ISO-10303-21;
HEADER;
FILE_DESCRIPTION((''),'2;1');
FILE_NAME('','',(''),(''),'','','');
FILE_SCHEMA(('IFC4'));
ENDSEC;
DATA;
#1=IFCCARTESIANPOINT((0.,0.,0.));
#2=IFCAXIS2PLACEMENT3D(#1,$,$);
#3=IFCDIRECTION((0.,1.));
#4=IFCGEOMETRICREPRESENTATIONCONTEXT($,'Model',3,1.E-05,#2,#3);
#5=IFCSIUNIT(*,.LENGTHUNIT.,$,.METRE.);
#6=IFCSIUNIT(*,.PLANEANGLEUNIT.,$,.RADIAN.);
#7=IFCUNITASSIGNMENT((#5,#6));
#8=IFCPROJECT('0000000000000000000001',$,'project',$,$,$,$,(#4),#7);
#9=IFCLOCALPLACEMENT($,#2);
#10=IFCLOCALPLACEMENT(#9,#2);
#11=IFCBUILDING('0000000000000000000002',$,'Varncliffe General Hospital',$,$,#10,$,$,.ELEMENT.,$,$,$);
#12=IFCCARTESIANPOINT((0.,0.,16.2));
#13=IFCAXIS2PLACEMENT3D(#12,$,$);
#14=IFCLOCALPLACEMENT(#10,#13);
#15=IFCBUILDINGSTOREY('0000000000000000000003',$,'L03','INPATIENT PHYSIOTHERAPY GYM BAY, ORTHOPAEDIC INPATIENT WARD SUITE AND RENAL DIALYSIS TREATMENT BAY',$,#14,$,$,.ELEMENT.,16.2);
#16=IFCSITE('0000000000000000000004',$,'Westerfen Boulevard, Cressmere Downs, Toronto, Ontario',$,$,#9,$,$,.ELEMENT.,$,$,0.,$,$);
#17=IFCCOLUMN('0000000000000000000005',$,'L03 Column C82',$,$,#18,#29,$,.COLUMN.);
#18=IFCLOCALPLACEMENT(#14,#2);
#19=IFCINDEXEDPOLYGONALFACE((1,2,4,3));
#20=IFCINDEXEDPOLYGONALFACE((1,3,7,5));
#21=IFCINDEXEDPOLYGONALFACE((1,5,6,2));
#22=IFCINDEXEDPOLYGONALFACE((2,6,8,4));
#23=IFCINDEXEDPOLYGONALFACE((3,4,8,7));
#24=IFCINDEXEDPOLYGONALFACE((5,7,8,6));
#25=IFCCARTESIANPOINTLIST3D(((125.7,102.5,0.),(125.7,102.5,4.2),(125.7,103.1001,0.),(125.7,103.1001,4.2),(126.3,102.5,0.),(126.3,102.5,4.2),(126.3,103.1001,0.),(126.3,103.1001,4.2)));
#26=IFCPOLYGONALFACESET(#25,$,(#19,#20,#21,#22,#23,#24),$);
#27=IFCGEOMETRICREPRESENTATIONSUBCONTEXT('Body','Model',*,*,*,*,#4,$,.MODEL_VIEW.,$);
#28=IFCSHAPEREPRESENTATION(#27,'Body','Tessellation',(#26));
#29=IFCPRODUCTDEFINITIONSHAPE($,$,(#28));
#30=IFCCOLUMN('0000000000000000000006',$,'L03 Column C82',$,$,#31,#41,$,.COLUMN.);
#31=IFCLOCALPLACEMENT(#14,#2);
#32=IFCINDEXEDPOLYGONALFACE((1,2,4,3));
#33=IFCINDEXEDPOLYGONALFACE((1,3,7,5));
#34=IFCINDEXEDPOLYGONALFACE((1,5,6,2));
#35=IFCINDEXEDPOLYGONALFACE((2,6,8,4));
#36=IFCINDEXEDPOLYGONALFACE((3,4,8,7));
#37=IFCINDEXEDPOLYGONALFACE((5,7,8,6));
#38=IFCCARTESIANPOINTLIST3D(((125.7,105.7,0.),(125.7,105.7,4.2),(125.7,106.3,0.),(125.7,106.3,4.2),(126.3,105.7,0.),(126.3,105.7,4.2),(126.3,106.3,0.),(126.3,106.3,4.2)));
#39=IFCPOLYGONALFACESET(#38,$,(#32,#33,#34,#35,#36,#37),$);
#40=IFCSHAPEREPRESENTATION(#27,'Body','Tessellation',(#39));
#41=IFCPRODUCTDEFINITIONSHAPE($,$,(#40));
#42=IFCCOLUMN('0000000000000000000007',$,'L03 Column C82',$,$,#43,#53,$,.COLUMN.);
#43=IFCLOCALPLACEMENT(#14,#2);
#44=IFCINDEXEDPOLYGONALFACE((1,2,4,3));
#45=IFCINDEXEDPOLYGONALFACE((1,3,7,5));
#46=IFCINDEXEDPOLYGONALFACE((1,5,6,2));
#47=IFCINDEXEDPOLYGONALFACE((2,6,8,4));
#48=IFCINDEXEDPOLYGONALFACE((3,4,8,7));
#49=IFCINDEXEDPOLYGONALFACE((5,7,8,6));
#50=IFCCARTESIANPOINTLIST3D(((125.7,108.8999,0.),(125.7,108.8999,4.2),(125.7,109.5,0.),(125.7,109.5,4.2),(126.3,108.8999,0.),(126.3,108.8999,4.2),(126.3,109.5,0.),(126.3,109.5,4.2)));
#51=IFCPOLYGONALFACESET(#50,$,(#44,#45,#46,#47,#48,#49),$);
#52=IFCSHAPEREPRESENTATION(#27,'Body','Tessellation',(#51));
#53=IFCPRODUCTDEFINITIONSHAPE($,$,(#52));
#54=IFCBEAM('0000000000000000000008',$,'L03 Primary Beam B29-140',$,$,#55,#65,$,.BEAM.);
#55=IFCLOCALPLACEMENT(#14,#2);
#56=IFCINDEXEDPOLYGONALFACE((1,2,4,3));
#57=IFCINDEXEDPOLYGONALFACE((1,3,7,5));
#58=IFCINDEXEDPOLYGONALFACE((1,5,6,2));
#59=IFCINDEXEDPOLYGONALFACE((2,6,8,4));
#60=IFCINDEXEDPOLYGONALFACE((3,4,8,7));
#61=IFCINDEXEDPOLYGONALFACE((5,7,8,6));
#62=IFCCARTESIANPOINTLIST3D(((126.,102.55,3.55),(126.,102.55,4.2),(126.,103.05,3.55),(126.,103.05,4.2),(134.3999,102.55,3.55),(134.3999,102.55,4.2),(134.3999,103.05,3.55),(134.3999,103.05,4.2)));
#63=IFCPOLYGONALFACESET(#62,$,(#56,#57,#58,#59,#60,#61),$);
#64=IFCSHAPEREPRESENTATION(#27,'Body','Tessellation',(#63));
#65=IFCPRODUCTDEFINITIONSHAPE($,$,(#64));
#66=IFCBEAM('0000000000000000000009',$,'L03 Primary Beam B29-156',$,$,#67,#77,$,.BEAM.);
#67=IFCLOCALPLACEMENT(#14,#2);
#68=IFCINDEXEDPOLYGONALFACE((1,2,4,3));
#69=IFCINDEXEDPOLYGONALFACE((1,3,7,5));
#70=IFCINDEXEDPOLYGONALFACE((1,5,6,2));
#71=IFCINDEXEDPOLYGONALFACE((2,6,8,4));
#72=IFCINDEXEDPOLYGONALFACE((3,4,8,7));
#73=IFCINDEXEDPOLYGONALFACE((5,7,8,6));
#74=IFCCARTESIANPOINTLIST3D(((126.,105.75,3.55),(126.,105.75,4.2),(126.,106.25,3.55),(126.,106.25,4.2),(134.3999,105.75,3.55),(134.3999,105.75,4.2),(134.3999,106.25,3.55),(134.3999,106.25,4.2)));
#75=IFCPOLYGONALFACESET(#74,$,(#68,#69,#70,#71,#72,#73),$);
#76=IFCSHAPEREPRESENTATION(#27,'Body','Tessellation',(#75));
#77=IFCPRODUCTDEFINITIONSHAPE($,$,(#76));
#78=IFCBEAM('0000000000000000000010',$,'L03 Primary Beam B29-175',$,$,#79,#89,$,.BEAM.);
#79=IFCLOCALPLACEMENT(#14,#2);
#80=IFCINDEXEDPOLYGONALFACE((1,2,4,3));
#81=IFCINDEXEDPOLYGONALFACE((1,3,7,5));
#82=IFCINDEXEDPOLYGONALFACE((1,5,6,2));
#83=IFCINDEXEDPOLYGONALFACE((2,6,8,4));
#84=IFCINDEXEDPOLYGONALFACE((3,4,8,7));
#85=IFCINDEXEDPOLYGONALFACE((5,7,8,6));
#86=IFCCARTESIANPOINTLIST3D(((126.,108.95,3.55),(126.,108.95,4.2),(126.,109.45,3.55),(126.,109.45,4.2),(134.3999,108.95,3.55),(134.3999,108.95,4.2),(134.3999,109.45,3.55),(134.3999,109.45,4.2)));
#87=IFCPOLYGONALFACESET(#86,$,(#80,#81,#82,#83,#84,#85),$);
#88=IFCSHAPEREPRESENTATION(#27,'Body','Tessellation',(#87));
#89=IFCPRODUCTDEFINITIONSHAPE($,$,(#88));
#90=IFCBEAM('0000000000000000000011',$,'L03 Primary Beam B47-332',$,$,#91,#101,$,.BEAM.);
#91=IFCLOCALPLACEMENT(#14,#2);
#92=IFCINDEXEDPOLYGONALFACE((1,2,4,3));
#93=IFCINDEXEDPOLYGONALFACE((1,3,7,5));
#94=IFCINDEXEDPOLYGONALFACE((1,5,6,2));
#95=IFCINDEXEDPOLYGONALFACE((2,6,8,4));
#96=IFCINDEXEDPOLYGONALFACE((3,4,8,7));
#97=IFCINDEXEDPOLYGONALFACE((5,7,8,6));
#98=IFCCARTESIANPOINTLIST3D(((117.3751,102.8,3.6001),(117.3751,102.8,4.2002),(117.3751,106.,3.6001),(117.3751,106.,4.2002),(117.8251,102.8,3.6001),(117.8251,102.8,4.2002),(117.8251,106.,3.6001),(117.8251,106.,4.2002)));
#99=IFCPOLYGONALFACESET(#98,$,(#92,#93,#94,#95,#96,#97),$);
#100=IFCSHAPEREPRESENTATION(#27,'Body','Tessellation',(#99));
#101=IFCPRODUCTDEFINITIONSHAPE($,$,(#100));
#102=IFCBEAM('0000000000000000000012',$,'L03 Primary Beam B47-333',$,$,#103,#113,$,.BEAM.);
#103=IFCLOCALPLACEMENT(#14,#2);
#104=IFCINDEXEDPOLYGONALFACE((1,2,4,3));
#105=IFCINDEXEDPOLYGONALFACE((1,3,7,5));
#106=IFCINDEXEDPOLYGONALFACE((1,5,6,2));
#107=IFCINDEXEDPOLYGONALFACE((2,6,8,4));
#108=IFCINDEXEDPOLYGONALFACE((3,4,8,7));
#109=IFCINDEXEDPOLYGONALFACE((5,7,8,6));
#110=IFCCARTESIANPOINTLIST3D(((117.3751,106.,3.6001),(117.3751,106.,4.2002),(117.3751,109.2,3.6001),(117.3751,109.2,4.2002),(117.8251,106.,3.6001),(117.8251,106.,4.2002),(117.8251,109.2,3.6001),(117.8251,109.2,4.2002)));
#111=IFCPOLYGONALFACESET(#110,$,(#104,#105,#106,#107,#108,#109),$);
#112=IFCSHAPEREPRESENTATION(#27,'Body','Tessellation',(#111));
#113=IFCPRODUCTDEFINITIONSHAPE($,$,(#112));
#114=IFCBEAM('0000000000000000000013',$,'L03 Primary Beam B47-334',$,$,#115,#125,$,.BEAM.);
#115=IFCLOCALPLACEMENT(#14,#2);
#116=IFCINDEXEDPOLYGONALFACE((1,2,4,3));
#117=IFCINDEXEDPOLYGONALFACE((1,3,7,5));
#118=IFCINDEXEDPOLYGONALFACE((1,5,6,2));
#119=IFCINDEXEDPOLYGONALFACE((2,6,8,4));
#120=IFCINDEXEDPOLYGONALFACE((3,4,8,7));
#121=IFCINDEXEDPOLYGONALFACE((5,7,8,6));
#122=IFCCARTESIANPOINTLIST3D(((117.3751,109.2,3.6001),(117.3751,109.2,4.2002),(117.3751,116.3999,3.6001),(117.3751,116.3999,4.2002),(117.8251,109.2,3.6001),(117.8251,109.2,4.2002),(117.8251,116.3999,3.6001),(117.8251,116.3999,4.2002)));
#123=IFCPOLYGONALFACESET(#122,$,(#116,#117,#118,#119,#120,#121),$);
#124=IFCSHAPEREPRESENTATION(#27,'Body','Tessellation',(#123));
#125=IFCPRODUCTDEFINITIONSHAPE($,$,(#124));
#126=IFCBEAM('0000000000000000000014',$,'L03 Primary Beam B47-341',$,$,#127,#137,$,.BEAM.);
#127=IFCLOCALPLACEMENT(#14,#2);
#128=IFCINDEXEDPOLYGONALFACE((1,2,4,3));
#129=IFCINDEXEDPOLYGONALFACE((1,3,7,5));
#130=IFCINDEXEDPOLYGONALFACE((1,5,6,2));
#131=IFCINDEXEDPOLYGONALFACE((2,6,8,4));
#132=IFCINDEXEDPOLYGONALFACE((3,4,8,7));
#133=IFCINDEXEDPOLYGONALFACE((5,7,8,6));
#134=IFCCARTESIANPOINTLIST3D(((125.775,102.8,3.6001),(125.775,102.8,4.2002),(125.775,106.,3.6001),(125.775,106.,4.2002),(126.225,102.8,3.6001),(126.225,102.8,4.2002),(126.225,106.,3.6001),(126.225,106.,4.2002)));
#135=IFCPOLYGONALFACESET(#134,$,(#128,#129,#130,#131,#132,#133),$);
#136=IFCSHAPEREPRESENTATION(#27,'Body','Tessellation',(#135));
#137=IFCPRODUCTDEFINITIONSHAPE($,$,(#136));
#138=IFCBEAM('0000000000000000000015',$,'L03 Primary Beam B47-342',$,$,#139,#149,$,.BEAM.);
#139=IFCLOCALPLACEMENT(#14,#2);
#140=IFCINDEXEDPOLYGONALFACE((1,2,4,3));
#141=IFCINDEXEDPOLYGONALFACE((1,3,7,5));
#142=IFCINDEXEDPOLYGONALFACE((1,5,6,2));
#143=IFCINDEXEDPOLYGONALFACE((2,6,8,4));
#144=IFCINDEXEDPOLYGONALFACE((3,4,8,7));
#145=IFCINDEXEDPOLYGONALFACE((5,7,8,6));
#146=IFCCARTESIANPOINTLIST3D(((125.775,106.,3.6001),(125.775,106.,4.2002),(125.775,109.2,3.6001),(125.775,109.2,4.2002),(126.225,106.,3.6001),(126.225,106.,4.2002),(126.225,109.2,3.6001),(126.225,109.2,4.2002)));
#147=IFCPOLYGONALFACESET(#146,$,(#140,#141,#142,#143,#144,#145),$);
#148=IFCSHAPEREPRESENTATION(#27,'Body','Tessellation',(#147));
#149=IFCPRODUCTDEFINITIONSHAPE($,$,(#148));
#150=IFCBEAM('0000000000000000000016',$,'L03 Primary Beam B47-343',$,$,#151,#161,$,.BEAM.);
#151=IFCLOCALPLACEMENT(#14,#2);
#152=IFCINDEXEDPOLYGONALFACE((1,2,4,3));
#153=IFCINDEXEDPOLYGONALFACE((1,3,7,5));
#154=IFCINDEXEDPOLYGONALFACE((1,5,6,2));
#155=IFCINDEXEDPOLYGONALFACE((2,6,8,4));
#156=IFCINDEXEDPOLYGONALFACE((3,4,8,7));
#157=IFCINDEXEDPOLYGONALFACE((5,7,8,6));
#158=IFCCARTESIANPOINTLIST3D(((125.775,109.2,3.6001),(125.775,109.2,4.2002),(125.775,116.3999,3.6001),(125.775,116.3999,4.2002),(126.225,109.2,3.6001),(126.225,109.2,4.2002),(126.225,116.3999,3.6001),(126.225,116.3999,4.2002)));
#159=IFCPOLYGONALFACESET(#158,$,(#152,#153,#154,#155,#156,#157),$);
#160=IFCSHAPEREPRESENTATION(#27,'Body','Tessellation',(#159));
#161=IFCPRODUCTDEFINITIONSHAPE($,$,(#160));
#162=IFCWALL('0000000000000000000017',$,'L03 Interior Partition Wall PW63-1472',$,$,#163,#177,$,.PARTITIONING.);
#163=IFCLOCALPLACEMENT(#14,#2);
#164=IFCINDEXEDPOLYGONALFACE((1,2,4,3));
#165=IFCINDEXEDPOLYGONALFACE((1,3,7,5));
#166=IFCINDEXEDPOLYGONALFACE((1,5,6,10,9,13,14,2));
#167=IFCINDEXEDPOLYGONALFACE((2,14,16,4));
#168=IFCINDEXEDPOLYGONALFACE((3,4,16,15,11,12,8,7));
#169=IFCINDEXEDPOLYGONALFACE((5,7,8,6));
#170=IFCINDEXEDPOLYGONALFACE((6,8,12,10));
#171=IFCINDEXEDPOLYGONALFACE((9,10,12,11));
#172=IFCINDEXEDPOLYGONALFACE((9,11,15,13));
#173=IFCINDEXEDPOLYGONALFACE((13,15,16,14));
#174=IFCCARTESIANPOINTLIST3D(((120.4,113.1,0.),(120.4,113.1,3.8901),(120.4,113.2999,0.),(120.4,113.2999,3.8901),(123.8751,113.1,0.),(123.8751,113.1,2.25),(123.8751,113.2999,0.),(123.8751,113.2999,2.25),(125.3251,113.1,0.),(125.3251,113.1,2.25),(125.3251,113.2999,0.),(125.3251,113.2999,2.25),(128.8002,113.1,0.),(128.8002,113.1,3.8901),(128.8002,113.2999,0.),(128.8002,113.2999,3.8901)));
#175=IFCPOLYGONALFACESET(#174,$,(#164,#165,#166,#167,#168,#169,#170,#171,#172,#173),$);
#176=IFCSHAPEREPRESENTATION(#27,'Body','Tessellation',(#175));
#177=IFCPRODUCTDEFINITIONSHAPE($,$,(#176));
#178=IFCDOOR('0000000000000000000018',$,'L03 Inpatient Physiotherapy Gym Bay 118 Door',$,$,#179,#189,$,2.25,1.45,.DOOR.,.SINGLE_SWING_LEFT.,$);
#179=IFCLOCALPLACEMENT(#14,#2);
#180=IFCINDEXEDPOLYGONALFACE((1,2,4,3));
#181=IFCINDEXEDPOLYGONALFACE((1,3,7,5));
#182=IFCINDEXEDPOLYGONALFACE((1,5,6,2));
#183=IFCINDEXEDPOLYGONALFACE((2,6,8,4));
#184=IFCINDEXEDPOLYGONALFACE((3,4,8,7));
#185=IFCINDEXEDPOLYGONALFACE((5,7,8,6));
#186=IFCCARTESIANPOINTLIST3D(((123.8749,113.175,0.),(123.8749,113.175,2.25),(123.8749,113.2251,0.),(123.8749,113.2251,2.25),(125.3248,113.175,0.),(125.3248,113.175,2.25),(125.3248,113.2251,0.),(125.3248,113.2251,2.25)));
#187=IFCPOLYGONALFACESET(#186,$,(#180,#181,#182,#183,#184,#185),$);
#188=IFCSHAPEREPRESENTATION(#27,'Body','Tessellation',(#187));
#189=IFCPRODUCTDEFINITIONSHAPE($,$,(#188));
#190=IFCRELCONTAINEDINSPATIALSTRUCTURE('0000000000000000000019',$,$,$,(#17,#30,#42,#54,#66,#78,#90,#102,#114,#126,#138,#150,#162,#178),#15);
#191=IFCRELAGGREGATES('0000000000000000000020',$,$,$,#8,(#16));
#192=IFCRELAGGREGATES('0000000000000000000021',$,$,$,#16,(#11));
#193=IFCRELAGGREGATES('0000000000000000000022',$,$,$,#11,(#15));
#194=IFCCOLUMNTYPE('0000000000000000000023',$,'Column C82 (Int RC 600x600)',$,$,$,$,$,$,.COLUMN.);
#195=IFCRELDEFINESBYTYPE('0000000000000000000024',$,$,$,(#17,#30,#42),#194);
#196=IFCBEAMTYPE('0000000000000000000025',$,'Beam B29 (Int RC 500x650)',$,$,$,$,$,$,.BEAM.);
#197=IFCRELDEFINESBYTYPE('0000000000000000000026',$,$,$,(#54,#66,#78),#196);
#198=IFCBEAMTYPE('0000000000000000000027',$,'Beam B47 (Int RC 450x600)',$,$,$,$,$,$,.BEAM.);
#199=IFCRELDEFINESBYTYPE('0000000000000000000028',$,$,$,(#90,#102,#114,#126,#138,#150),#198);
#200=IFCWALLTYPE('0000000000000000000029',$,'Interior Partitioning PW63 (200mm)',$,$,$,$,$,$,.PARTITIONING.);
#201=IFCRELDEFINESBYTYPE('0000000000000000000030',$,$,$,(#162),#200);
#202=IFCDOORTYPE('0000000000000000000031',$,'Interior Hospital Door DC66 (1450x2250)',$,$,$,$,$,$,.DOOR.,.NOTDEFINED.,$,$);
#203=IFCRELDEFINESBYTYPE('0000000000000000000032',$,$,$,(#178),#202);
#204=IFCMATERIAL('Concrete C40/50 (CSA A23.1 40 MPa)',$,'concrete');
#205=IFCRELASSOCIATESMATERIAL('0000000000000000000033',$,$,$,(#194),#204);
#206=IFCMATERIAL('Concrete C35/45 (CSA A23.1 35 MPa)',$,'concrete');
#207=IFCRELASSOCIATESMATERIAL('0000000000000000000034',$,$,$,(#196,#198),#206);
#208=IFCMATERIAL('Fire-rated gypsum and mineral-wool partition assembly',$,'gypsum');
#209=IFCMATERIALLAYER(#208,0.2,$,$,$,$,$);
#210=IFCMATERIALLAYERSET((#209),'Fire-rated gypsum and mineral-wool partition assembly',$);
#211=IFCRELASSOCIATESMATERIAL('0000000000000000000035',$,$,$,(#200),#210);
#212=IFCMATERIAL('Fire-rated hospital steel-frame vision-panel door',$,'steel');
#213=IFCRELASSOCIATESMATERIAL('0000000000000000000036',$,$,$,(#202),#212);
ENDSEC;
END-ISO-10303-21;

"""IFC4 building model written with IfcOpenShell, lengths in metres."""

from ifc_helpers import new_model, si_unit, direction, frame, frame_2d, origin, origin_2d, place, context, subcontext, project, spatial, rectangle, extrude, material, layer, layer_set, material_profile, profile_set, type_object, element, fill, save


model = new_model("IFC4")

# Units and contexts
model_context = context("Model", 3, precision=1e-05, world=origin(), true_north=direction((0.0, 1.0)))
body_context = subcontext(model_context, "Body", "Model", "MODEL_VIEW")
ifc_project = project(units=[si_unit("LENGTHUNIT", "METRE"), si_unit("PLANEANGLEUNIT", "RADIAN")], contexts=[model_context])

# Site, building, storey
site_placement = place(None, origin())
site = spatial("IfcSite", under=ifc_project, at=site_placement, Name="Westerfen Boulevard, Cressmere Downs, Toronto, Ontario", CompositionType="ELEMENT", RefElevation=0.0)
building_placement = place(site_placement, origin())
building = spatial("IfcBuilding", under=site, at=building_placement, Name="Varncliffe General Hospital", CompositionType="ELEMENT")
storey_placement = place(building_placement, frame((0.0, 0.0, 16.2)))
storey = spatial("IfcBuildingStorey", under=building, at=storey_placement, Name="L03", Description="INPATIENT PHYSIOTHERAPY GYM BAY, ORTHOPAEDIC INPATIENT WARD SUITE AND RENAL DIALYSIS TREATMENT BAY", CompositionType="ELEMENT", Elevation=16.2)

# Columns
ifc_material_1 = material(Name="Concrete C40/50 (CSA A23.1 40 MPa)", Category="concrete")
ifc_material_profile_1 = material_profile(ifc_material_1, rectangle(XDim=0.6001, YDim=0.6001, at=origin_2d()), Name="RC 600x600")
ifc_profile_set_1 = profile_set([ifc_material_profile_1], Name="Concrete C40/50 (CSA A23.1 40 MPa)")
column_type = type_object("IfcColumnType", Name="Column C82 (Int RC 600x600)", PredefinedType="COLUMN", material=ifc_profile_set_1)
for number, where, z_axis, x_axis, name in (
    (1, (126.0, 102.8, 0.0), (0.0, 0.0, 1.0), (1.0, 0.0, 0.0), "L03 Column C82"),
    (2, (126.0, 106.0, 0.0), (0.0, 0.0, 1.0), (1.0, 0.0, 0.0), "L03 Column C82"),
    (3, (126.0, 109.2, 0.0), (0.0, 0.0, 1.0), (1.0, 0.0, 0.0), "L03 Column C82"),
):
    element("IfcColumn", number, at=place(storey_placement, frame(where, z_axis=z_axis, x_axis=x_axis)), inside=storey, type_object=column_type, Name=name, PredefinedType="COLUMN", context=body_context, shape_type="SweptSolid", body=[
        extrude(rectangle(XDim=0.6001, YDim=0.6001, at=origin_2d()), origin(), (0.0, 0.0, 1.0), 4.2),
    ])

# Beams
ifc_material_2 = material(Name="Concrete C35/45 (CSA A23.1 35 MPa)", Category="concrete")
ifc_material_profile_2 = material_profile(ifc_material_2, rectangle(XDim=0.5, YDim=0.6499, at=origin_2d()), Name="RC 500x650")
ifc_profile_set_2 = profile_set([ifc_material_profile_2], Name="Concrete C35/45 (CSA A23.1 35 MPa)")
beam_type_1 = type_object("IfcBeamType", Name="Beam B29 (Int RC 500x650)", PredefinedType="BEAM", material=ifc_profile_set_2)
for number, where, z_axis, x_axis, name in (
    (4, (126.0, 102.8, 3.875), (1.0, 0.0, 0.0), (0.0, 1.0, 0.0), "L03 Primary Beam B29-140"),
    (5, (126.0, 106.0, 3.875), (1.0, 0.0, 0.0), (0.0, 1.0, 0.0), "L03 Primary Beam B29-156"),
    (6, (126.0, 109.2, 3.875), (1.0, 0.0, 0.0), (0.0, 1.0, 0.0), "L03 Primary Beam B29-175"),
):
    element("IfcBeam", number, at=place(storey_placement, frame(where, z_axis=z_axis, x_axis=x_axis)), inside=storey, type_object=beam_type_1, Name=name, PredefinedType="BEAM", context=body_context, shape_type="SweptSolid", body=[
        extrude(rectangle(XDim=0.5, YDim=0.6499, at=origin_2d()), origin(), (0.0, 0.0, 1.0), 8.3999),
    ])
ifc_material_profile_3 = material_profile(ifc_material_2, rectangle(XDim=0.45, YDim=0.6001, at=origin_2d()), Name="RC 450x600")
ifc_profile_set_3 = profile_set([ifc_material_profile_3], Name="Concrete C35/45 (CSA A23.1 35 MPa)")
beam_type_2 = type_object("IfcBeamType", Name="Beam B47 (Int RC 450x600)", PredefinedType="BEAM", material=ifc_profile_set_3)
for number, where, z_axis, x_axis, name in (
    (7, (117.6001, 102.8, 3.9001), (0.0, 1.0, 0.0), (-1.0, 0.0, 0.0), "L03 Primary Beam B47-332"),
    (8, (117.6001, 106.0, 3.9001), (0.0, 1.0, 0.0), (-1.0, 0.0, 0.0), "L03 Primary Beam B47-333"),
):
    element("IfcBeam", number, at=place(storey_placement, frame(where, z_axis=z_axis, x_axis=x_axis)), inside=storey, type_object=beam_type_2, Name=name, PredefinedType="BEAM", context=body_context, shape_type="SweptSolid", body=[
        extrude(rectangle(XDim=0.45, YDim=0.6001, at=origin_2d()), origin(), (0.0, 0.0, 1.0), 3.2),
    ])
beam_1_placement = place(storey_placement, frame((117.6001, 109.2, 3.9001), z_axis=(0.0, 1.0, 0.0), x_axis=(-1.0, 0.0, 0.0)))
element("IfcBeam", 9, at=beam_1_placement, inside=storey, type_object=beam_type_2, Name="L03 Primary Beam B47-334", PredefinedType="BEAM", context=body_context, shape_type="SweptSolid", body=[
    extrude(rectangle(XDim=0.45, YDim=0.6001, at=origin_2d()), origin(), (0.0, 0.0, 1.0), 7.2),
])
for number, where, z_axis, x_axis, name in (
    (10, (126.0, 102.8, 3.9001), (0.0, 1.0, 0.0), (-1.0, 0.0, 0.0), "L03 Primary Beam B47-341"),
    (11, (126.0, 106.0, 3.9001), (0.0, 1.0, 0.0), (-1.0, 0.0, 0.0), "L03 Primary Beam B47-342"),
):
    element("IfcBeam", number, at=place(storey_placement, frame(where, z_axis=z_axis, x_axis=x_axis)), inside=storey, type_object=beam_type_2, Name=name, PredefinedType="BEAM", context=body_context, shape_type="SweptSolid", body=[
        extrude(rectangle(XDim=0.45, YDim=0.6001, at=origin_2d()), origin(), (0.0, 0.0, 1.0), 3.2),
    ])
beam_2_placement = place(storey_placement, frame((126.0, 109.2, 3.9001), z_axis=(0.0, 1.0, 0.0), x_axis=(-1.0, 0.0, 0.0)))
element("IfcBeam", 12, at=beam_2_placement, inside=storey, type_object=beam_type_2, Name="L03 Primary Beam B47-343", PredefinedType="BEAM", context=body_context, shape_type="SweptSolid", body=[
    extrude(rectangle(XDim=0.45, YDim=0.6001, at=origin_2d()), origin(), (0.0, 0.0, 1.0), 7.2),
])

# Wall, opening, door
ifc_material_3 = material(Name="Fire-rated gypsum and mineral-wool partition assembly", Category="gypsum")
ifc_layer_1 = layer(ifc_material_3, 0.2)
ifc_layer_set_1 = layer_set([ifc_layer_1], Name="Fire-rated gypsum and mineral-wool partition assembly")
wall_type_1 = type_object("IfcWallType", Name="Interior Partitioning PW63 (200mm)", PredefinedType="PARTITIONING", material=ifc_layer_set_1)
wall_1_placement = place(storey_placement, frame((120.3999, 113.2, 0.0), z_axis=(0.0, 0.0, 1.0), x_axis=(1.0, 0.0, 0.0)))
wall_1 = element("IfcWall", 13, at=wall_1_placement, inside=storey, type_object=wall_type_1, Name="L03 Interior Partition Wall PW63-1472", PredefinedType="PARTITIONING", context=body_context, shape_type="SweptSolid", body=[
    extrude(rectangle(XDim=8.4001, YDim=0.2, at=frame_2d((4.2002, 0.0))), origin(), (0.0, 0.0, 1.0), 3.8901),
])
opening_1_placement = place(wall_1_placement, frame((3.4751, 0.0, 0.0)))
opening_1 = element("IfcOpeningElement", 14, at=opening_1_placement, cuts=wall_1, PredefinedType="OPENING", context=body_context, shape_type="SweptSolid", body=[
    extrude(rectangle(XDim=1.45, YDim=2.25, at=frame_2d((0.7251, 1.125))), frame((0.0, 0.1099, 0.0), z_axis=(0.0, -1.0, 0.0), x_axis=(1.0, 0.0, 0.0)), (0.0, 0.0, 1.0), 0.22),
])
ifc_material_4 = material(Name="Fire-rated hospital steel-frame vision-panel door", Category="steel")
door_type_1 = type_object("IfcDoorType", Name="Interior Hospital Door DC66 (1450x2250)", OperationType="NOTDEFINED", PredefinedType="DOOR", material=ifc_material_4)
door_1_placement = place(opening_1_placement, frame((1.45, 0.0, 0.0), z_axis=(0.0, 0.0, 1.0), x_axis=(-1.0, 0.0, 0.0)))
door_1 = element("IfcDoor", 15, at=door_1_placement, inside=storey, type_object=door_type_1, Name="L03 Inpatient Physiotherapy Gym Bay 118 Door", OperationType="SINGLE_SWING_LEFT", OverallHeight=2.25, OverallWidth=1.45, PredefinedType="DOOR", context=body_context, shape_type="SweptSolid", body=[
    extrude(rectangle(XDim=1.45, YDim=2.25, at=frame_2d((0.7251, 1.125))), frame((0.0, 0.0249, 0.0), z_axis=(0.0, -1.0, 0.0), x_axis=(1.0, 0.0, 0.0)), (0.0, 0.0, 1.0), 0.05),
])
fill(opening_1, door_1)

save(model, "model.ifc")
